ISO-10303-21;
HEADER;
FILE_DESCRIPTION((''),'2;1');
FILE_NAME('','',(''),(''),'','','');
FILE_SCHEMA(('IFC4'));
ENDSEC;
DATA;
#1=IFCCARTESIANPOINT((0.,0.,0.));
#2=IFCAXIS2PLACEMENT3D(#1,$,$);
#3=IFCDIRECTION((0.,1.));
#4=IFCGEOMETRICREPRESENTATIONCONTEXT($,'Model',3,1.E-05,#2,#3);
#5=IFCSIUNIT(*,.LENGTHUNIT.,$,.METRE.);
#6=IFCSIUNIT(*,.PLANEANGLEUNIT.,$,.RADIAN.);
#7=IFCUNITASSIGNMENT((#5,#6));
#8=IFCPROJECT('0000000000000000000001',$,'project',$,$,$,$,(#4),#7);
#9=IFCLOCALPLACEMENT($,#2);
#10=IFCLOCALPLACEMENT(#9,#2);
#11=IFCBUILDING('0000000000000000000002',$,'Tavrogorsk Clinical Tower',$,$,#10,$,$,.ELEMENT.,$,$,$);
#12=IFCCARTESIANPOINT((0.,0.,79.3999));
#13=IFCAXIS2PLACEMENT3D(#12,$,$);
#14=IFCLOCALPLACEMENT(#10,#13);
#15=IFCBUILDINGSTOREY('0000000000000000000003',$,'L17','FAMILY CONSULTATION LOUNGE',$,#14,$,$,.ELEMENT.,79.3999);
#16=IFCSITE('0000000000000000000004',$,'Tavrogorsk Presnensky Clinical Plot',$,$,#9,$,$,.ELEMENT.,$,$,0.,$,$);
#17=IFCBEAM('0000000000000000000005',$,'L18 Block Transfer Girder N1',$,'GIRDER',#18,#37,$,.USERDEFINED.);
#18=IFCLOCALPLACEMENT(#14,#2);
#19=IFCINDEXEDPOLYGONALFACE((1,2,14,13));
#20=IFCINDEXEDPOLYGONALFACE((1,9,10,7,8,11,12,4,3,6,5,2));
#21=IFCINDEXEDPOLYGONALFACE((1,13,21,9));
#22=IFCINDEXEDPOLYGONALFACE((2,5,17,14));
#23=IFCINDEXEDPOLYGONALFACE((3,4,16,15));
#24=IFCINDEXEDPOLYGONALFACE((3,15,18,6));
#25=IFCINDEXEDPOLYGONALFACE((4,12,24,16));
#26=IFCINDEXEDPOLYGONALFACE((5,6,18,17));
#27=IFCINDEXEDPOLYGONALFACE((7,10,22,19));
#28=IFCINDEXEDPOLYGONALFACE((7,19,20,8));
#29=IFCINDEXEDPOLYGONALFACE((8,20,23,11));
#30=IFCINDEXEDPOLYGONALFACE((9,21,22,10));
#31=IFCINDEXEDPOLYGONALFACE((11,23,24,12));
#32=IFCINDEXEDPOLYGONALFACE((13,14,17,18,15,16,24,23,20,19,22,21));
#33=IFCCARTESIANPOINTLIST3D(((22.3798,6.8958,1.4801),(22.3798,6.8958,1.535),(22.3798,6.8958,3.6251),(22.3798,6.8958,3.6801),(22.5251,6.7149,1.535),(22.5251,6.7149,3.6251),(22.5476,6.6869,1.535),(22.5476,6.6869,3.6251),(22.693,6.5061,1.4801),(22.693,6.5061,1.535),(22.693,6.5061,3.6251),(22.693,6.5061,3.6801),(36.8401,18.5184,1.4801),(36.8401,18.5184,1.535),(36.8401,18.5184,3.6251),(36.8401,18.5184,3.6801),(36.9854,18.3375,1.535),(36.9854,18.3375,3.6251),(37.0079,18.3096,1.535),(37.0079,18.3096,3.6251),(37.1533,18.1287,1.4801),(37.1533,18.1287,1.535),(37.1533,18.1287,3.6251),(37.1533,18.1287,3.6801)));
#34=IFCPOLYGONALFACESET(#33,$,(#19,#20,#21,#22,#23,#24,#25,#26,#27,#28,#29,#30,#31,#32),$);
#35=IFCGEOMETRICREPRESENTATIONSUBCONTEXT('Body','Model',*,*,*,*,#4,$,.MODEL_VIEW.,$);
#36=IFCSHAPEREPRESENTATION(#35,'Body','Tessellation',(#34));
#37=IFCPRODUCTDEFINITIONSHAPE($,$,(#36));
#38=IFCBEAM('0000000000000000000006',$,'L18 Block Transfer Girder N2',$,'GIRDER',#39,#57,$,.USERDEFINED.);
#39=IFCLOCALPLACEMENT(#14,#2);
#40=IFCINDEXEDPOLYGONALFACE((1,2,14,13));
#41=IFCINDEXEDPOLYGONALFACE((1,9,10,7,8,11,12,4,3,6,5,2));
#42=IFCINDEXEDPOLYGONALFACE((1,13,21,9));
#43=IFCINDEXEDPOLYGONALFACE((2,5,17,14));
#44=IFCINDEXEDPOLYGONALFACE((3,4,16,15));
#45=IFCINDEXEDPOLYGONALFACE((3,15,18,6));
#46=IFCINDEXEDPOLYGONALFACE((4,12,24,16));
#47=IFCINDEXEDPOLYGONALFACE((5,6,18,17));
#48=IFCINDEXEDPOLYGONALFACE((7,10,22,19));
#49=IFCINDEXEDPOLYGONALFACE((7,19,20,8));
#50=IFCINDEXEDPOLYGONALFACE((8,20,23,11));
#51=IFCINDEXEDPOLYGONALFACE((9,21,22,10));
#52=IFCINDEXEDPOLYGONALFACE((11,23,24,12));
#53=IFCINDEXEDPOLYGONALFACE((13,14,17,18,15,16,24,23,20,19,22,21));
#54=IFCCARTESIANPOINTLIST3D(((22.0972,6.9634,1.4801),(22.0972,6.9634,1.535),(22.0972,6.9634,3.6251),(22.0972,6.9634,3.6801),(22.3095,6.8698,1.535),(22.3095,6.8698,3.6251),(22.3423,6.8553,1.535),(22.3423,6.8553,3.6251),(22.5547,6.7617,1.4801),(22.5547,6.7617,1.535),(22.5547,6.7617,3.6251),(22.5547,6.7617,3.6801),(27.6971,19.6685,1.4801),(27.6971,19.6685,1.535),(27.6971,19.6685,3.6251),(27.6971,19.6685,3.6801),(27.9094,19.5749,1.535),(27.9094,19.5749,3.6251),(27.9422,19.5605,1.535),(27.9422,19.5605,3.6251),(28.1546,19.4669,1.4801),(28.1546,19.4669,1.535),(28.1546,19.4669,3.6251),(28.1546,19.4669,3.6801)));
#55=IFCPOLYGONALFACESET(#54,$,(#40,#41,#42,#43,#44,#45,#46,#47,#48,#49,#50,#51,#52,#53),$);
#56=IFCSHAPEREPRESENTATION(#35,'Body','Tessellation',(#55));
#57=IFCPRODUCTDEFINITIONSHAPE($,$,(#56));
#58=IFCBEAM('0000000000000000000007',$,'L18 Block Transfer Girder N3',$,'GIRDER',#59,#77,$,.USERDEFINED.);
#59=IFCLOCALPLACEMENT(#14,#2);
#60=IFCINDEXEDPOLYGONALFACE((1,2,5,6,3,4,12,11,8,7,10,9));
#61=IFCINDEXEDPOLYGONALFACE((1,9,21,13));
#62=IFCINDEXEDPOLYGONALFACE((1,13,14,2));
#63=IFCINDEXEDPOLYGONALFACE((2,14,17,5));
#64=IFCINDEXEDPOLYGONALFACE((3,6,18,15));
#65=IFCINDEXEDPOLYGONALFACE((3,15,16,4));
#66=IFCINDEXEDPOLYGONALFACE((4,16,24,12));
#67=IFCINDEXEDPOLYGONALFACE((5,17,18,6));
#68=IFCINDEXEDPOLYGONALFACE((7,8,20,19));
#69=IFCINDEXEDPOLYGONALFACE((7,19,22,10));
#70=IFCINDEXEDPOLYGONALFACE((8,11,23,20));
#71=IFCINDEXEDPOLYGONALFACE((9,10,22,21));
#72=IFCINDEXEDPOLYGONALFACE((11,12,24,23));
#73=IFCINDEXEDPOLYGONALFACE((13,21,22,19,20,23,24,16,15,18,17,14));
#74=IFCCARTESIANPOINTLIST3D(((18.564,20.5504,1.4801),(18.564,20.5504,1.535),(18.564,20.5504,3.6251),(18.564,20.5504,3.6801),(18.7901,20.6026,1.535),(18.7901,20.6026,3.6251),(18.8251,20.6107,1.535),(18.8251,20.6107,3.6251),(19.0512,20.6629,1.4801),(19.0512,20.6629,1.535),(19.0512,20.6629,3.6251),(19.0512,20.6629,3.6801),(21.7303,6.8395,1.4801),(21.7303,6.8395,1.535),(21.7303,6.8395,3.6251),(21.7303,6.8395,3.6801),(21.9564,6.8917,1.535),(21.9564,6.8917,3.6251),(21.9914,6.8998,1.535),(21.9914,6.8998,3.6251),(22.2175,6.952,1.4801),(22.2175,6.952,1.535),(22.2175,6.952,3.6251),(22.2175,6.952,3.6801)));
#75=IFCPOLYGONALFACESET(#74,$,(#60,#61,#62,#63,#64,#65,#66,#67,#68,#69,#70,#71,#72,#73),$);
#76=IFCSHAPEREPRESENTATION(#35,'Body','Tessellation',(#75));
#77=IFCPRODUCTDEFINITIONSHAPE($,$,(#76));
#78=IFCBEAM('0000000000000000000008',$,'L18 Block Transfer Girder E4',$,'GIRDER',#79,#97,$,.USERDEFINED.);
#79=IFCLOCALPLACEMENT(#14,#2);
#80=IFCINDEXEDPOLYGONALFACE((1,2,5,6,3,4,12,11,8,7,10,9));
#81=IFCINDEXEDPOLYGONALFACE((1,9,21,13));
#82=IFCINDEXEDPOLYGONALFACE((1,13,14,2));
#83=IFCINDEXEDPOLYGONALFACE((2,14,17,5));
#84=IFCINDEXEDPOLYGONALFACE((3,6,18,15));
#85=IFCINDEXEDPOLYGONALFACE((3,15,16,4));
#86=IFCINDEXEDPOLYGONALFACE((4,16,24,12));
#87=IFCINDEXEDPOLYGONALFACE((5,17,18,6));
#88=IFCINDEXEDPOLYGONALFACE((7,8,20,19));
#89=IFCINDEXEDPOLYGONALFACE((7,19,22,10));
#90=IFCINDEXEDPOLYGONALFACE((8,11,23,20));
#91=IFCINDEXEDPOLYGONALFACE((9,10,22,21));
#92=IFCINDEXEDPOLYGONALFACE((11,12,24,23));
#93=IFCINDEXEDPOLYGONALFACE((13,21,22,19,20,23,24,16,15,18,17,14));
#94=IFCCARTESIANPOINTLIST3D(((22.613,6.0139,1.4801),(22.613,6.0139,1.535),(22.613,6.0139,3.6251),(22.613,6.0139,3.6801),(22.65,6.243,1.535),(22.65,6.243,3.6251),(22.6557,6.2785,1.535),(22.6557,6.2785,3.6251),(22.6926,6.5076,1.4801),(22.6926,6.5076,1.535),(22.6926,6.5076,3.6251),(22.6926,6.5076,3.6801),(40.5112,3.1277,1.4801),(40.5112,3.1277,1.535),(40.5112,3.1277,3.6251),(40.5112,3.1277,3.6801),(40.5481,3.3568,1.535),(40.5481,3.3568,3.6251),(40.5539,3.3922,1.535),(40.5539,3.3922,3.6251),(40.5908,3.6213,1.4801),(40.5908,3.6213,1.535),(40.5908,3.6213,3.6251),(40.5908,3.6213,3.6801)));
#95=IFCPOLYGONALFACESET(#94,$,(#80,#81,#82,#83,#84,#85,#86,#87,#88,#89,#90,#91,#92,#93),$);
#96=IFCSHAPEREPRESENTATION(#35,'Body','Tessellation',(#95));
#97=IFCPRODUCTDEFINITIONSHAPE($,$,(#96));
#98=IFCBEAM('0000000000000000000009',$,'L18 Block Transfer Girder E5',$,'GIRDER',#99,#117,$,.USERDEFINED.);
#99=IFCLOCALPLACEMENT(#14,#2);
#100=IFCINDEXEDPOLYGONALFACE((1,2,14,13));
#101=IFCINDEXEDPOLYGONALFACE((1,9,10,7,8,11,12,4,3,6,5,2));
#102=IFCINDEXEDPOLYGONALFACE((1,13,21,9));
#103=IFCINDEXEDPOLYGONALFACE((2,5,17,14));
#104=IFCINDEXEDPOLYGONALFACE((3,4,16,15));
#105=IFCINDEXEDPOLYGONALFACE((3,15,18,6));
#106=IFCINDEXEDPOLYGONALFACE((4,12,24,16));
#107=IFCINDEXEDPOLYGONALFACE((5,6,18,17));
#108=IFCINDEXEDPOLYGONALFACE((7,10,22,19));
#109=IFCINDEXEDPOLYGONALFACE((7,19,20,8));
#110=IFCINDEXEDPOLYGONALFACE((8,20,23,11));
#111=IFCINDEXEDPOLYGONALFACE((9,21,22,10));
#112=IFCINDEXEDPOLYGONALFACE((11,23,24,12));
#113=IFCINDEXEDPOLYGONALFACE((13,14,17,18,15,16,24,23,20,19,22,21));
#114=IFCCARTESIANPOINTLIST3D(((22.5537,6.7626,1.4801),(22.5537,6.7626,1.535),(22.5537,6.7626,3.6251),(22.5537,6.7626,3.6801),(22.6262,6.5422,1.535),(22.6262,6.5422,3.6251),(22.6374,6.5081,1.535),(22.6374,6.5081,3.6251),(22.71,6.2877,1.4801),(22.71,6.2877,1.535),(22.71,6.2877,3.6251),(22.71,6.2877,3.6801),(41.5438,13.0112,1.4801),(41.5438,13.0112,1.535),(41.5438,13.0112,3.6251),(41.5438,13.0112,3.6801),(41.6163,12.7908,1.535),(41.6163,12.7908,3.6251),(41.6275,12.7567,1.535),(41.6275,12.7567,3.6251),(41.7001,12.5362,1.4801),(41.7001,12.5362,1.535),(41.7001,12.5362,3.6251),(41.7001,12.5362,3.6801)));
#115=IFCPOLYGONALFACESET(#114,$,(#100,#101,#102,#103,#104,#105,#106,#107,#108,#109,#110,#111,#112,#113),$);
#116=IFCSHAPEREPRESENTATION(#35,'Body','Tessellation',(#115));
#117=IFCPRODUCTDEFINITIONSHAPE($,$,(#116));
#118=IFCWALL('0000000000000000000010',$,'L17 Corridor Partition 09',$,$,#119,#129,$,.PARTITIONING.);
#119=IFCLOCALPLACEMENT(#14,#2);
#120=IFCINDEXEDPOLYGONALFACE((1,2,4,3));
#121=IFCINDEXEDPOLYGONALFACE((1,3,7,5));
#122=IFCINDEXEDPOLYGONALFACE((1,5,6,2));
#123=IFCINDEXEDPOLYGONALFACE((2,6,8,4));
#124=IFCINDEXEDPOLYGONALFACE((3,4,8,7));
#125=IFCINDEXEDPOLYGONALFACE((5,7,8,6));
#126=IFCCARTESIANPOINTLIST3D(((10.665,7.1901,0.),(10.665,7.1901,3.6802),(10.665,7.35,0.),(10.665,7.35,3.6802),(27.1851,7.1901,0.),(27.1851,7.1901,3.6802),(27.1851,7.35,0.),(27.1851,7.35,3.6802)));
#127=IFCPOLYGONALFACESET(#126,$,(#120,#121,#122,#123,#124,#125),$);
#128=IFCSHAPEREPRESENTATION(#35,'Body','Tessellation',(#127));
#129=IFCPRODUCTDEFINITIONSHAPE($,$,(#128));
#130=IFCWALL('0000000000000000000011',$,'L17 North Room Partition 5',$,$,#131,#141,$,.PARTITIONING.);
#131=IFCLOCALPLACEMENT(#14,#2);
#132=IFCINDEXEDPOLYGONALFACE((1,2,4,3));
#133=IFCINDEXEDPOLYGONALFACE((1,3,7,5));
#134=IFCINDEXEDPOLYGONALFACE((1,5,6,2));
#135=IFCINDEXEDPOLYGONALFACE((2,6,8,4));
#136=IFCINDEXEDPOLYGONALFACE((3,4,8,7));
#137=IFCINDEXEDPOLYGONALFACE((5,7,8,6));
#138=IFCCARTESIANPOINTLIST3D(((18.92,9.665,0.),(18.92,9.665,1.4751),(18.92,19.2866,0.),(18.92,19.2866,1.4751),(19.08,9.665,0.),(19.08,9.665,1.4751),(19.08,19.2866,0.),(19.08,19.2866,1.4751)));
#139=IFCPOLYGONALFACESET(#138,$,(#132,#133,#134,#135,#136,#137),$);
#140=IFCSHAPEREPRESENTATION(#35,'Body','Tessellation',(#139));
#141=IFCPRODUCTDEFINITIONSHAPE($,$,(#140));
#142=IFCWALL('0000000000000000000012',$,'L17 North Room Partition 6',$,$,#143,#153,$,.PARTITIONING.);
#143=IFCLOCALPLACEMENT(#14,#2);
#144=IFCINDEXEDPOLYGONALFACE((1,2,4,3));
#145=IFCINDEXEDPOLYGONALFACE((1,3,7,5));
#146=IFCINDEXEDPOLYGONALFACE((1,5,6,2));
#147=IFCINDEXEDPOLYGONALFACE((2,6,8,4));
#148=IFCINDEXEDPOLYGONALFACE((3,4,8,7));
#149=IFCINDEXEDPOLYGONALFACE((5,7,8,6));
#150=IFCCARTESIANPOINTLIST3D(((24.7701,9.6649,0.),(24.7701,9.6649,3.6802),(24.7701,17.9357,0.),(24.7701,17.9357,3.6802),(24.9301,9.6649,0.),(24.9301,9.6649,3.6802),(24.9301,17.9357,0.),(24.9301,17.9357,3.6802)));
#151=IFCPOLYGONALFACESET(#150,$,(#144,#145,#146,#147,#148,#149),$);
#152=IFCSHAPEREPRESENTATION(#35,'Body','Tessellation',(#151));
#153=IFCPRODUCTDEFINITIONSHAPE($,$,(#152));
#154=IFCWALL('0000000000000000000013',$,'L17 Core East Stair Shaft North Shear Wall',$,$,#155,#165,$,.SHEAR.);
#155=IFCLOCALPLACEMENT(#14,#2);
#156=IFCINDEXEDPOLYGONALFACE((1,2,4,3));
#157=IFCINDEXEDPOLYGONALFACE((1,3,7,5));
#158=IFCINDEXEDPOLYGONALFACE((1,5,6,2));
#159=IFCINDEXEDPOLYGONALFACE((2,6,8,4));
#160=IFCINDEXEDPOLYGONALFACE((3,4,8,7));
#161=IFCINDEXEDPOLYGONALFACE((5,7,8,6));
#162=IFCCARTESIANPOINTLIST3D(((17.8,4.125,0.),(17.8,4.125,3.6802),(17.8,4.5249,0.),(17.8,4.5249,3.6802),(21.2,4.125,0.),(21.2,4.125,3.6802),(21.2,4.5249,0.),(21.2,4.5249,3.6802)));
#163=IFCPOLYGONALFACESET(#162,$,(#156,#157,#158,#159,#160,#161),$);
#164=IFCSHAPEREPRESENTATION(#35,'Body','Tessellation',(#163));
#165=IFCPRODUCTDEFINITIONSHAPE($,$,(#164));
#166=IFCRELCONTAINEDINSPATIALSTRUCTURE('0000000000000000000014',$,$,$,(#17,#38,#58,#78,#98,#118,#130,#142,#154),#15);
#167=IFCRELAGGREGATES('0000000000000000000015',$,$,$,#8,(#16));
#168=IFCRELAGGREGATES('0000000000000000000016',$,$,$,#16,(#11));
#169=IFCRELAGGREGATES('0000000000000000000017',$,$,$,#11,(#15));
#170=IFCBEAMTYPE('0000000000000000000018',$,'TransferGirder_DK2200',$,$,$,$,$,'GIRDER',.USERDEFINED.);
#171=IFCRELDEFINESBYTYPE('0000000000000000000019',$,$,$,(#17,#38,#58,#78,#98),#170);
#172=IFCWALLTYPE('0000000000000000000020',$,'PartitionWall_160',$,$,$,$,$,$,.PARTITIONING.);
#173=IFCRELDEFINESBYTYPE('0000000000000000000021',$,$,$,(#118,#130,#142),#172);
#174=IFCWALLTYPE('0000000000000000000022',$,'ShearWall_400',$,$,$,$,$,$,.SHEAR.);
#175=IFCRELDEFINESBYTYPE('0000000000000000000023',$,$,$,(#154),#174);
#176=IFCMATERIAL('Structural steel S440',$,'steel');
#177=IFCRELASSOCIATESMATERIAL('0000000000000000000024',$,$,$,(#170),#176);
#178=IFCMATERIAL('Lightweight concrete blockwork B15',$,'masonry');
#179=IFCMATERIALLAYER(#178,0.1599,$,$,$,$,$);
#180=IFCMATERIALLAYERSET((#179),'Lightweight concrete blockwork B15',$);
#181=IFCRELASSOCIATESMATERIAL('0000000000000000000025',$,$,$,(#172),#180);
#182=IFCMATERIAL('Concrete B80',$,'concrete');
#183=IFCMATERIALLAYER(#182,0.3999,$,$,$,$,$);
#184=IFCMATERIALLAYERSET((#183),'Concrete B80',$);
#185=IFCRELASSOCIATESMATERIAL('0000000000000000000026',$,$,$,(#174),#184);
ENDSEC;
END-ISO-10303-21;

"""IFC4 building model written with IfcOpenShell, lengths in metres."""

from ifc_helpers import new_model, si_unit, direction, frame, frame_2d, origin, origin_2d, place, context, subcontext, project, spatial, rectangle, i_section, extrude, material, layer, layer_set, material_profile, profile_set, type_object, element, save


model = new_model("IFC4")

# Units and contexts
model_context = context("Model", 3, precision=1e-05, world=origin(), true_north=direction((0.0, 1.0)))
body_context = subcontext(model_context, "Body", "Model", "MODEL_VIEW")
ifc_project = project(units=[si_unit("LENGTHUNIT", "METRE"), si_unit("PLANEANGLEUNIT", "RADIAN")], contexts=[model_context])

# Site, building, storey
site_placement = place(None, origin())
site = spatial("IfcSite", under=ifc_project, at=site_placement, Name="Tavrogorsk Presnensky Clinical Plot", CompositionType="ELEMENT", RefElevation=0.0)
building_placement = place(site_placement, origin())
building = spatial("IfcBuilding", under=site, at=building_placement, Name="Tavrogorsk Clinical Tower", CompositionType="ELEMENT")
storey_placement = place(building_placement, frame((0.0, 0.0, 79.3999)))
storey = spatial("IfcBuildingStorey", under=building, at=storey_placement, Name="L17", Description="FAMILY CONSULTATION LOUNGE", CompositionType="ELEMENT", Elevation=79.3999)

# Beams
ifc_material_1 = material(Name="Structural steel S440", Category="steel")
ifc_material_profile_1 = material_profile(ifc_material_1, i_section(OverallWidth=0.5, OverallDepth=2.2, WebThickness=0.0359, FlangeThickness=0.0549, at=origin_2d()), Name="DK-2200x500x36x55")
ifc_profile_set_1 = profile_set([ifc_material_profile_1], Name="Structural steel S440")
beam_type_1 = type_object("IfcBeamType", Name="TransferGirder_DK2200", ElementType="GIRDER", PredefinedType="USERDEFINED", material=ifc_profile_set_1)
beam_1_placement = place(storey_placement, frame((22.5364, 6.7009, 2.5801), z_axis=(0.779437, 0.626481, 0.0), x_axis=(-0.626481, 0.779437, 0.0)))
element("IfcBeam", 1, at=beam_1_placement, inside=storey, type_object=beam_type_1, Name="L18 Block Transfer Girder N1", ObjectType="GIRDER", PredefinedType="USERDEFINED", context=body_context, shape_type="SweptSolid", body=[
    extrude(i_section(OverallWidth=0.5, OverallDepth=2.2, WebThickness=0.0359, FlangeThickness=0.0549, at=origin_2d()), origin(), (0.0, 0.0, 1.0), 18.5522),
])
beam_2_placement = place(storey_placement, frame((22.3259, 6.8625, 2.5801), z_axis=(0.403319, 0.915059, 0.0), x_axis=(-0.915059, 0.403319, 0.0)))
element("IfcBeam", 2, at=beam_2_placement, inside=storey, type_object=beam_type_1, Name="L18 Block Transfer Girder N2", ObjectType="GIRDER", PredefinedType="USERDEFINED", context=body_context, shape_type="SweptSolid", body=[
    extrude(i_section(OverallWidth=0.5, OverallDepth=2.2, WebThickness=0.0359, FlangeThickness=0.0549, at=origin_2d()), origin(), (0.0, 0.0, 1.0), 13.8845),
])
beam_3_placement = place(storey_placement, frame((21.9739, 6.8958, 2.5801), z_axis=(-0.225008, 0.974357, 0.0), x_axis=(-0.974357, -0.225008, 0.0)))
element("IfcBeam", 3, at=beam_3_placement, inside=storey, type_object=beam_type_1, Name="L18 Block Transfer Girder N3", ObjectType="GIRDER", PredefinedType="USERDEFINED", context=body_context, shape_type="SweptSolid", body=[
    extrude(i_section(OverallWidth=0.5, OverallDepth=2.2, WebThickness=0.0359, FlangeThickness=0.0549, at=origin_2d()), origin(), (0.0, 0.0, 1.0), 14.0718),
])
beam_4_placement = place(storey_placement, frame((22.6528, 6.2607, 2.5801), z_axis=(0.987246, -0.159202, 0.0), x_axis=(0.159202, 0.987246, 0.0)))
element("IfcBeam", 4, at=beam_4_placement, inside=storey, type_object=beam_type_1, Name="L18 Block Transfer Girder E4", ObjectType="GIRDER", PredefinedType="USERDEFINED", context=body_context, shape_type="SweptSolid", body=[
    extrude(i_section(OverallWidth=0.5, OverallDepth=2.2, WebThickness=0.0359, FlangeThickness=0.0549, at=origin_2d()), origin(), (0.0, 0.0, 1.0), 18.1294),
])
beam_5_placement = place(storey_placement, frame((22.6318, 6.5251, 2.5801), z_axis=(0.949899, 0.312558, 0.0), x_axis=(-0.312558, 0.949899, 0.0)))
element("IfcBeam", 5, at=beam_5_placement, inside=storey, type_object=beam_type_1, Name="L18 Block Transfer Girder E5", ObjectType="GIRDER", PredefinedType="USERDEFINED", context=body_context, shape_type="SweptSolid", body=[
    extrude(i_section(OverallWidth=0.5, OverallDepth=2.2, WebThickness=0.0359, FlangeThickness=0.0549, at=origin_2d()), origin(), (0.0, 0.0, 1.0), 19.9917),
])

# Walls
ifc_material_2 = material(Name="Lightweight concrete blockwork B15", Category="masonry")
ifc_layer_1 = layer(ifc_material_2, 0.1599)
ifc_layer_set_1 = layer_set([ifc_layer_1], Name="Lightweight concrete blockwork B15")
wall_type_1 = type_object("IfcWallType", Name="PartitionWall_160", PredefinedType="PARTITIONING", material=ifc_layer_set_1)
wall_1_placement = place(storey_placement, frame((27.1851, 7.27, 0.0), z_axis=(0.0, 0.0, 1.0), x_axis=(-1.0, 0.0, 0.0)))
element("IfcWall", 6, at=wall_1_placement, inside=storey, type_object=wall_type_1, Name="L17 Corridor Partition 09", PredefinedType="PARTITIONING", context=body_context, shape_type="SweptSolid", body=[
    extrude(rectangle(XDim=16.52, YDim=0.1599, at=frame_2d((8.26, 0.0))), origin(), (0.0, 0.0, 1.0), 3.6802),
])
wall_2_placement = place(storey_placement, frame((19.0, 9.665, 0.0), z_axis=(0.0, 0.0, 1.0), x_axis=(0.0, 1.0, 0.0)))
element("IfcWall", 7, at=wall_2_placement, inside=storey, type_object=wall_type_1, Name="L17 North Room Partition 5", PredefinedType="PARTITIONING", context=body_context, shape_type="SweptSolid", body=[
    extrude(rectangle(XDim=9.6216, YDim=0.1599, at=frame_2d((4.8108, 0.0))), origin(), (0.0, 0.0, 1.0), 1.4751),
])
wall_3_placement = place(storey_placement, frame((24.8501, 9.665, 0.0), z_axis=(0.0, 0.0, 1.0), x_axis=(0.0, 1.0, 0.0)))
element("IfcWall", 8, at=wall_3_placement, inside=storey, type_object=wall_type_1, Name="L17 North Room Partition 6", PredefinedType="PARTITIONING", context=body_context, shape_type="SweptSolid", body=[
    extrude(rectangle(XDim=8.2708, YDim=0.1599, at=frame_2d((4.1353, 0.0))), origin(), (0.0, 0.0, 1.0), 3.6802),
])
ifc_material_3 = material(Name="Concrete B80", Category="concrete")
ifc_layer_2 = layer(ifc_material_3, 0.3999)
ifc_layer_set_2 = layer_set([ifc_layer_2], Name="Concrete B80")
wall_type_2 = type_object("IfcWallType", Name="ShearWall_400", PredefinedType="SHEAR", material=ifc_layer_set_2)
wall_4_placement = place(storey_placement, frame((17.8, 4.325, 0.0), z_axis=(0.0, 0.0, 1.0), x_axis=(1.0, 0.0, 0.0)))
element("IfcWall", 9, at=wall_4_placement, inside=storey, type_object=wall_type_2, Name="L17 Core East Stair Shaft North Shear Wall", PredefinedType="SHEAR", context=body_context, shape_type="SweptSolid", body=[
    extrude(rectangle(XDim=3.3999, YDim=0.3999, at=frame_2d((1.7, 0.0))), origin(), (0.0, 0.0, 1.0), 3.6802),
])

save(model, "model.ifc")
